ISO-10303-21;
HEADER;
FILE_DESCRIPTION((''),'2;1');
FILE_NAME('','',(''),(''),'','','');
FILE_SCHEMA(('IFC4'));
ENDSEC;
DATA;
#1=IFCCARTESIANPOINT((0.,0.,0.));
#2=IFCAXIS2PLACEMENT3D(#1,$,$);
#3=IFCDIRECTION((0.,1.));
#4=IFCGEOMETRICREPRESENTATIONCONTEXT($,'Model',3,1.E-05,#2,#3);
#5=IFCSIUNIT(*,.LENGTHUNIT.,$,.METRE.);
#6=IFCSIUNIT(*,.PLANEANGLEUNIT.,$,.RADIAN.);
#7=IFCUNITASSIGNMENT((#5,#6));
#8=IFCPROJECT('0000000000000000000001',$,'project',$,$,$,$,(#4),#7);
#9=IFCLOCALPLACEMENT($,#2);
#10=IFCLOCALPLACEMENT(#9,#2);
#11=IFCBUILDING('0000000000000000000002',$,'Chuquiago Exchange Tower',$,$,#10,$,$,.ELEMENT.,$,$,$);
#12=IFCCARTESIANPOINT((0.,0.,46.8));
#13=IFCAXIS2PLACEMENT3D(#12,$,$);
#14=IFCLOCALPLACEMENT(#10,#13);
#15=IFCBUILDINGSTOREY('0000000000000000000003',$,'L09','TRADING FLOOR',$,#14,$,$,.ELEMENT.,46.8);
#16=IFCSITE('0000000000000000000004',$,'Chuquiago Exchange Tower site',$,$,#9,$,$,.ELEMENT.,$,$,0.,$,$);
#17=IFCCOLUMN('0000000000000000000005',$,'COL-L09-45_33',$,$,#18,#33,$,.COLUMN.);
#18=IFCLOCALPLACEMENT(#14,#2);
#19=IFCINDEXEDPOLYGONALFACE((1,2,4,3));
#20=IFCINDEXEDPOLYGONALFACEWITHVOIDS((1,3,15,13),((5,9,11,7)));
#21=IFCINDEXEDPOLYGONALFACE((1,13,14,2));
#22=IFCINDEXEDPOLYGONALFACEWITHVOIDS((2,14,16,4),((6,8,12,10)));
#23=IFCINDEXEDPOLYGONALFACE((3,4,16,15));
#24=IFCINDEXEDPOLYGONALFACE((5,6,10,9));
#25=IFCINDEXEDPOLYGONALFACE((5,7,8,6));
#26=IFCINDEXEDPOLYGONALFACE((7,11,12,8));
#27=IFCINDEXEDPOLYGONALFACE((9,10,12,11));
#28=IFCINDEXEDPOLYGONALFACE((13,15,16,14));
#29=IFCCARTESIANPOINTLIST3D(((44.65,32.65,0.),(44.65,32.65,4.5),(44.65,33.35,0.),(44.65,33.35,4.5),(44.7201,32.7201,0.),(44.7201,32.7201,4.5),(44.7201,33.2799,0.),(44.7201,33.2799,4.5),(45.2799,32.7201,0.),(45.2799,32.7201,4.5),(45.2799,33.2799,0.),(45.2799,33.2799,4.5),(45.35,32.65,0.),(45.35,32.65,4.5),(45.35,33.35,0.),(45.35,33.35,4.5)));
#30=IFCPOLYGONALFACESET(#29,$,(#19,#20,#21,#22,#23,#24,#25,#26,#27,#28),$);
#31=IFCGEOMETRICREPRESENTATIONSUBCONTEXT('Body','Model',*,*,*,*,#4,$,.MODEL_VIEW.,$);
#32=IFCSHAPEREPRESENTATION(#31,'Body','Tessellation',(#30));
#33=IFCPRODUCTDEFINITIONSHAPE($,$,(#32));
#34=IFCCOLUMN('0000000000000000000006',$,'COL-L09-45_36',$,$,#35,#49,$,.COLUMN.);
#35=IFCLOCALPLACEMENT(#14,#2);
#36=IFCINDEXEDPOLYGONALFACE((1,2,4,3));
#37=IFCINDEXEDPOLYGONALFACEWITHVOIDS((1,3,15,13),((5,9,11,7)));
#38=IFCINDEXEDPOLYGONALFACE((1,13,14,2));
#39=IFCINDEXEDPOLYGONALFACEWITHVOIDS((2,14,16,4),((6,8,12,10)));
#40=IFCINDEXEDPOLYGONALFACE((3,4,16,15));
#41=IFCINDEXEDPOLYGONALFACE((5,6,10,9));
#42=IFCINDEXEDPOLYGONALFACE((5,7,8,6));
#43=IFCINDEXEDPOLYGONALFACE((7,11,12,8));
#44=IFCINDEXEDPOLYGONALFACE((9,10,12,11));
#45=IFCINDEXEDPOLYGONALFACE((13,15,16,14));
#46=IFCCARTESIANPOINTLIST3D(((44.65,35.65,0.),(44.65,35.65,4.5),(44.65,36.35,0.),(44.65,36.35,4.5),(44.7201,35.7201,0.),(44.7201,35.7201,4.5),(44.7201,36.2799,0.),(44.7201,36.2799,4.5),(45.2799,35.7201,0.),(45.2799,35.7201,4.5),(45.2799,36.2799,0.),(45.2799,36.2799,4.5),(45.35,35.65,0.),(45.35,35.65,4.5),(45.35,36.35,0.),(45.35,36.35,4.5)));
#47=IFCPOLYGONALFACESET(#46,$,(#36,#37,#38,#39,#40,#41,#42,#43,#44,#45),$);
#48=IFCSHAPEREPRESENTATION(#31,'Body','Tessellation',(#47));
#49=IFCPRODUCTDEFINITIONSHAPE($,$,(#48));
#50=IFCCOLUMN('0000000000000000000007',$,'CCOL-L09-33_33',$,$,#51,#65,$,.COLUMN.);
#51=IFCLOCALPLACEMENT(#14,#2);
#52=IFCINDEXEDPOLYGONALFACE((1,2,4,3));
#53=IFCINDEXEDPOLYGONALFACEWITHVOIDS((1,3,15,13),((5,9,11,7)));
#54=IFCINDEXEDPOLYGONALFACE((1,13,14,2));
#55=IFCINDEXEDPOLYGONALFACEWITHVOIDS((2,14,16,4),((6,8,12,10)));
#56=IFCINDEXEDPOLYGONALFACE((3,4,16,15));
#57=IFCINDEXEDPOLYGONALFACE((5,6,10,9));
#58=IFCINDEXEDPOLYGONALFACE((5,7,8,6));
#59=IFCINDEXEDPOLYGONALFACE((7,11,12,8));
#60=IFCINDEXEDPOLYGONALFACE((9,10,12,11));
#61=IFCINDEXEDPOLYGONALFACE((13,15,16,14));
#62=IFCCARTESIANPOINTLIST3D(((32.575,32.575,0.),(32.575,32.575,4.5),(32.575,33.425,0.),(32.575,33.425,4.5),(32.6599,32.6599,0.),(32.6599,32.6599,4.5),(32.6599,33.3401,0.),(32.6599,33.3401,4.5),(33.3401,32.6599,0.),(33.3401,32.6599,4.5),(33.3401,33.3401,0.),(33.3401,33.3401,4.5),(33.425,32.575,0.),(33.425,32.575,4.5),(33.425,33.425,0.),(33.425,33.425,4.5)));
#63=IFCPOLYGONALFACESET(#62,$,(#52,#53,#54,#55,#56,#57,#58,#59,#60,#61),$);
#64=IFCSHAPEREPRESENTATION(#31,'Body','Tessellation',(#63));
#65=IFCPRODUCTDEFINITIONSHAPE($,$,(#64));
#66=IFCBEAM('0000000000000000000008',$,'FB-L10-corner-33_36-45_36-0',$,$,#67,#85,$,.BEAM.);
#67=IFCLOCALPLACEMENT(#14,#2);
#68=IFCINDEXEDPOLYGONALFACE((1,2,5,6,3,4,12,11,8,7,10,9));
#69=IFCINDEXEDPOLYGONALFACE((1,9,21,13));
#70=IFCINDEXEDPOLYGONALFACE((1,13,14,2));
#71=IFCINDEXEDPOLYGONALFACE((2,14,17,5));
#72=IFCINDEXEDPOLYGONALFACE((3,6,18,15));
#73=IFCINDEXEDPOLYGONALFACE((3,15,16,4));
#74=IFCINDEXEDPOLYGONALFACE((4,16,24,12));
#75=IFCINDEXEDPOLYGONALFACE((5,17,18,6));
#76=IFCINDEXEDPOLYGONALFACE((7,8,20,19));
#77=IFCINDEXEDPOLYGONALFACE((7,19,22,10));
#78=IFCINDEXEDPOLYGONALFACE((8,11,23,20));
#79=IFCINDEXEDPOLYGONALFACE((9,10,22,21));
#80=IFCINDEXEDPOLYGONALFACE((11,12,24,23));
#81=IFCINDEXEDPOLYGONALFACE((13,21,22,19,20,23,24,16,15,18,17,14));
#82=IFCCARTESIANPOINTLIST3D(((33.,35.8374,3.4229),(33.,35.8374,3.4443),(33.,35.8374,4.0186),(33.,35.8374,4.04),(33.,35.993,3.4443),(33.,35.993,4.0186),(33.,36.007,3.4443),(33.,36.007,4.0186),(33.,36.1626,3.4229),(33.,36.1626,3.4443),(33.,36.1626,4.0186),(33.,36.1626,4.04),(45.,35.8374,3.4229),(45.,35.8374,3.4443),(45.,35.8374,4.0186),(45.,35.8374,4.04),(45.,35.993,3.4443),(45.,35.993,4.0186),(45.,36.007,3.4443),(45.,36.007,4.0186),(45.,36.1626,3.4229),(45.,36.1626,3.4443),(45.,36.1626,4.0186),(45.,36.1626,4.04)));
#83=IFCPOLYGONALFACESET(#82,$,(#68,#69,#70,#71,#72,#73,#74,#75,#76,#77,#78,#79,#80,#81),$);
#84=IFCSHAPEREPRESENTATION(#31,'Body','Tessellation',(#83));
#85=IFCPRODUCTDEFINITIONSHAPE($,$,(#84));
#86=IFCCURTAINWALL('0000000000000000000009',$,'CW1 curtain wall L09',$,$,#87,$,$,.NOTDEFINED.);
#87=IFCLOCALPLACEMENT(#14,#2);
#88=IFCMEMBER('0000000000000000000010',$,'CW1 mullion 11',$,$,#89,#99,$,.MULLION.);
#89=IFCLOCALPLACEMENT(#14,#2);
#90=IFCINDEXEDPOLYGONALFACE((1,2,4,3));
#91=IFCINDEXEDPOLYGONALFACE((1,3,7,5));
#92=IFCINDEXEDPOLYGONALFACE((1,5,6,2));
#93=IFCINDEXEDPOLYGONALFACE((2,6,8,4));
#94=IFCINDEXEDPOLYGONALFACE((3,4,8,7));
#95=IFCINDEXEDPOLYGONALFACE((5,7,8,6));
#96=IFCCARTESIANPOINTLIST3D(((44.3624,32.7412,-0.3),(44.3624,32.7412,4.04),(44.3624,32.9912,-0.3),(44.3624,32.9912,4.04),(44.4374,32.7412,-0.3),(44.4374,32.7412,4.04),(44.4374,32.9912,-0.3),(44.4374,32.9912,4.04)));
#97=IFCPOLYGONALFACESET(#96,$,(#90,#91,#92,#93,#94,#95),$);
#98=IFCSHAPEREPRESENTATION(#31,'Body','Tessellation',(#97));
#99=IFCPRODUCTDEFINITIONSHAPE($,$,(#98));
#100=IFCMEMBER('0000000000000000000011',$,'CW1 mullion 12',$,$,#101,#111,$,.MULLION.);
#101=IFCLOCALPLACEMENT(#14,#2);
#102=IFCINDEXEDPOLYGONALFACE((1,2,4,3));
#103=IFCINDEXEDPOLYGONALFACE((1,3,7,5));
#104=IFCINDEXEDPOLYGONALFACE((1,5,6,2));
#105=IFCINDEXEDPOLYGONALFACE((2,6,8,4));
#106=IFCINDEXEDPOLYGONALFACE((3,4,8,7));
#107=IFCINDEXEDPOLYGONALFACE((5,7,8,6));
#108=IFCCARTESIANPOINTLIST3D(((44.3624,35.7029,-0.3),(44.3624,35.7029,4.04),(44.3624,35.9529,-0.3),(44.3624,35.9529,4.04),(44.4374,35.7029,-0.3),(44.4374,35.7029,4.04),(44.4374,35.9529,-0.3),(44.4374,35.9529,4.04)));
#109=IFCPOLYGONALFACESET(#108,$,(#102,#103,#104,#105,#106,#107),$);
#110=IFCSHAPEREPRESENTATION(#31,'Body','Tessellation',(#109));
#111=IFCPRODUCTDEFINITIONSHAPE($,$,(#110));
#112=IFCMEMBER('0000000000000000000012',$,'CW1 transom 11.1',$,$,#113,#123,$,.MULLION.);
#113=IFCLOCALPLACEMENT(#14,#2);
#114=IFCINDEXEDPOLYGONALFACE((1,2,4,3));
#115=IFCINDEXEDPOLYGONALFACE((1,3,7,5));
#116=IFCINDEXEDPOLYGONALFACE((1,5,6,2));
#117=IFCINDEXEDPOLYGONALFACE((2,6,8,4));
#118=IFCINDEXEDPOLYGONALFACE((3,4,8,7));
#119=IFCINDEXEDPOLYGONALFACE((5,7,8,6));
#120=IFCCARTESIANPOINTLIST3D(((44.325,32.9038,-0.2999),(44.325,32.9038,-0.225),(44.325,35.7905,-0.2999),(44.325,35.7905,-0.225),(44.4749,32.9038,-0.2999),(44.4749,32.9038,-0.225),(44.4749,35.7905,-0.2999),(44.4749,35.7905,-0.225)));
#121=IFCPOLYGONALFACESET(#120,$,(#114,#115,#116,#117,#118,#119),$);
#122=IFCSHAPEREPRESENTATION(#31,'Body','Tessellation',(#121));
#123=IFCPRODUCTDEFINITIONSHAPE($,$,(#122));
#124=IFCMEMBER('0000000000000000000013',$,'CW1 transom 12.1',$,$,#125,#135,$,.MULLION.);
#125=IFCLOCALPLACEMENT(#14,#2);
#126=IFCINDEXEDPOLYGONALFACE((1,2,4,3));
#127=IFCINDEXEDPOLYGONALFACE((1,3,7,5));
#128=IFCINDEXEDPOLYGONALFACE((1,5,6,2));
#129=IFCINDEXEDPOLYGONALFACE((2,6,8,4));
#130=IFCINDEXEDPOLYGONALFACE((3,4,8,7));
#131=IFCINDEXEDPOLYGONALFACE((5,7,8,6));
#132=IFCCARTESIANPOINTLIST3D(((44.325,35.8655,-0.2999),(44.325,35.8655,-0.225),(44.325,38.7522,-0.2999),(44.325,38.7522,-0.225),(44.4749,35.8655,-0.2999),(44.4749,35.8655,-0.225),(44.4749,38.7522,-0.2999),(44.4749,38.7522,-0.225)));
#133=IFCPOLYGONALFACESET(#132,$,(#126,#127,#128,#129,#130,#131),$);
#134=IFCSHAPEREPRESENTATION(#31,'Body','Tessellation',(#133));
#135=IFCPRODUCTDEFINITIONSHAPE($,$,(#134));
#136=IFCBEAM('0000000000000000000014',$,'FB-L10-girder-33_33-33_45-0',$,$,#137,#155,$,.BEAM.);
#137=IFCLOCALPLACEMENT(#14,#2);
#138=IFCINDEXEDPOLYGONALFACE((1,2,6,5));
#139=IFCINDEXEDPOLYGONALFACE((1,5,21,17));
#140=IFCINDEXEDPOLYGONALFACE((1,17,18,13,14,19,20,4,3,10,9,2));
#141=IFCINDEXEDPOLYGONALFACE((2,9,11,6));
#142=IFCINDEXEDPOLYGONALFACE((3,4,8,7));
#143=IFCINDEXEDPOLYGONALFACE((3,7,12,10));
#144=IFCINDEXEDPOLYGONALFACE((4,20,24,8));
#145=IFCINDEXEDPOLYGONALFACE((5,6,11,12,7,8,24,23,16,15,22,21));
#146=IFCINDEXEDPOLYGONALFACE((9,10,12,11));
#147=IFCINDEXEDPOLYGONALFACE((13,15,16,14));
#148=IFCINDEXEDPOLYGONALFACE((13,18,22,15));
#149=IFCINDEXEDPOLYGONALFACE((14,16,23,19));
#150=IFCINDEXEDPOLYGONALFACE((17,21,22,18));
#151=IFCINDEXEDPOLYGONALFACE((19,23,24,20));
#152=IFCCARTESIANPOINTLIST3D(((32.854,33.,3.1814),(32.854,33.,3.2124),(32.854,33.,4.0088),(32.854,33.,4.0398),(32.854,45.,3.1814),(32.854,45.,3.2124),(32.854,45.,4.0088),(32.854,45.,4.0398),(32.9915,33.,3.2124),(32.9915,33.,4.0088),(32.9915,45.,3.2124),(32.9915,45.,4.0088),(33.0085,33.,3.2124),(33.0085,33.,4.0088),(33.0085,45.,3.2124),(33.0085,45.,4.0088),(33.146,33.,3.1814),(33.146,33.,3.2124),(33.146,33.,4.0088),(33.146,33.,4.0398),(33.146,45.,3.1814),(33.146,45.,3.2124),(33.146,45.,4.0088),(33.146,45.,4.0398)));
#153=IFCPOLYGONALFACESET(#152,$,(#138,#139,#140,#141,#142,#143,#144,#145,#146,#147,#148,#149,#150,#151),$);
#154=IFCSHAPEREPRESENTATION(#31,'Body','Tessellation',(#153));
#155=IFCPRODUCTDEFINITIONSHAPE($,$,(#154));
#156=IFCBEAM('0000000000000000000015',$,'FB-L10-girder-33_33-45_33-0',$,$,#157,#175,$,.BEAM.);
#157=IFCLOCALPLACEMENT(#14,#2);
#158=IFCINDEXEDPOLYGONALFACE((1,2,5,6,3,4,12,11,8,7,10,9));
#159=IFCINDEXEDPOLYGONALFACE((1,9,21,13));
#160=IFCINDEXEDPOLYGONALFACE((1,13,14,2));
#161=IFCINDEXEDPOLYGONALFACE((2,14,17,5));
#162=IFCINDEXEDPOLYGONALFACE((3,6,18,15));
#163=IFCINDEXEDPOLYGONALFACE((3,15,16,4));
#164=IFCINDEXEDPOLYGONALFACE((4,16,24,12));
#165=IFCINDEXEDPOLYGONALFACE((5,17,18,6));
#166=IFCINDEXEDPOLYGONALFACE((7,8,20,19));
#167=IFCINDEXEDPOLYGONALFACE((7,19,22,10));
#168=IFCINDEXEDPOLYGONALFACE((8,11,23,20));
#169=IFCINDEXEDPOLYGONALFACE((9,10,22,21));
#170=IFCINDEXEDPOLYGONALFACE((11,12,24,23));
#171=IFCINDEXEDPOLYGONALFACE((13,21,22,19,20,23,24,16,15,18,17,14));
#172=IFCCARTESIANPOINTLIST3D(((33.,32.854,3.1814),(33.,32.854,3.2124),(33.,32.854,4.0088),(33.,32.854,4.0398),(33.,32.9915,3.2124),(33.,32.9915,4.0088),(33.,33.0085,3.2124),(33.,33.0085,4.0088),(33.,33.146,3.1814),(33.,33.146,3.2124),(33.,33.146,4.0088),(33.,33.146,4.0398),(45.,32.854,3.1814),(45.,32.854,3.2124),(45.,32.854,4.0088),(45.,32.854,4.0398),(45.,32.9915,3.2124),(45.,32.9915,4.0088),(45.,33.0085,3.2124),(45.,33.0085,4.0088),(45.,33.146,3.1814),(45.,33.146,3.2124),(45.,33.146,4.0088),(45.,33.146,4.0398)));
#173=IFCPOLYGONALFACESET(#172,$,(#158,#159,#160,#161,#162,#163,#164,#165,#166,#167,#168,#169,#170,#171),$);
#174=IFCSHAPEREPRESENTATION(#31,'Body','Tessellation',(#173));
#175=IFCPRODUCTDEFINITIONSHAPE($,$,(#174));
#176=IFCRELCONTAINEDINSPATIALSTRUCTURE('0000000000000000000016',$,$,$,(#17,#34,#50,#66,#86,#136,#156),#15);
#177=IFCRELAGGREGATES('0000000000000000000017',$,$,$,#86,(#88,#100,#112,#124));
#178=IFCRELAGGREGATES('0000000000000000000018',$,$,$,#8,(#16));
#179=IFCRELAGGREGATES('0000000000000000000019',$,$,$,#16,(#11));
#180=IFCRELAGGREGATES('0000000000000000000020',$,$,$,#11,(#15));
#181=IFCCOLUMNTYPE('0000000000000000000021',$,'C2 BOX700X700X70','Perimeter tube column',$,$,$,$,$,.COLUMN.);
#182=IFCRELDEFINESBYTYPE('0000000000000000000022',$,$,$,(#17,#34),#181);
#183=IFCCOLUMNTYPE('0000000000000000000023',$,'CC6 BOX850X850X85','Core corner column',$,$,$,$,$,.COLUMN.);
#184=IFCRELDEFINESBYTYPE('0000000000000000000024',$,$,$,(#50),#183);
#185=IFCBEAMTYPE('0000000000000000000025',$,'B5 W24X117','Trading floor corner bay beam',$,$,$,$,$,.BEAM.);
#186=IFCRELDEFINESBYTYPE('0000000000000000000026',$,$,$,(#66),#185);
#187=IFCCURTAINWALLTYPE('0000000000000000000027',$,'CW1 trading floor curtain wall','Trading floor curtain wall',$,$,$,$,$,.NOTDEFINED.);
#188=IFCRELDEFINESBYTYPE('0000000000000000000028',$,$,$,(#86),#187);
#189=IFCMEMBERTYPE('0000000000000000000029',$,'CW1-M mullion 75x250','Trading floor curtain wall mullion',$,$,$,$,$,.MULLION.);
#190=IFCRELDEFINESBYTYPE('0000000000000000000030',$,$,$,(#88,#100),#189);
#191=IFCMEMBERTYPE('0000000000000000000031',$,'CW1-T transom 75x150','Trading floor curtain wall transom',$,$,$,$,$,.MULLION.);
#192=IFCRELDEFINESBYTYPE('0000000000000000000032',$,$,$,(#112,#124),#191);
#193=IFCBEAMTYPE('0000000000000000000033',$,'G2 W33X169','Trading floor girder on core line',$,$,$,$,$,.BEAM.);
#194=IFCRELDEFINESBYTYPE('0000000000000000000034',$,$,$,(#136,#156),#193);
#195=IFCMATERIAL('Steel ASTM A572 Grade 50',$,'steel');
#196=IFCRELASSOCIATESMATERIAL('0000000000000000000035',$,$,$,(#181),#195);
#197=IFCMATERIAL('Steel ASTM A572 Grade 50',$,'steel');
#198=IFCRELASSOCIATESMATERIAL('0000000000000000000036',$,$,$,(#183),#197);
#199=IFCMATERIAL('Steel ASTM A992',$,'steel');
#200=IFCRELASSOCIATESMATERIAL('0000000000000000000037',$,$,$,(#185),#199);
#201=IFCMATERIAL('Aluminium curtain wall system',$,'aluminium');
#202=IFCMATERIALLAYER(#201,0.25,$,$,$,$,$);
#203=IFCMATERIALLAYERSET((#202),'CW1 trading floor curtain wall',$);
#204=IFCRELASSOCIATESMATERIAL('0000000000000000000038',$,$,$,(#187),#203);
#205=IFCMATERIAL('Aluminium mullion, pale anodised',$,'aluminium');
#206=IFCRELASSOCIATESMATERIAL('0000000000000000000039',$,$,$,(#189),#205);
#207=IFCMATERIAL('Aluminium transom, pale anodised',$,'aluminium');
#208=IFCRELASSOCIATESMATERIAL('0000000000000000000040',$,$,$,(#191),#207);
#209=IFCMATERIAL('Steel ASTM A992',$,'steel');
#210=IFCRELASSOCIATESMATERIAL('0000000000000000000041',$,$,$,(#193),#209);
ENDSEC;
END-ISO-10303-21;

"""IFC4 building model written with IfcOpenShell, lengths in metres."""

from ifc_helpers import new_model, si_unit, direction, frame, origin, origin_2d, place, context, subcontext, project, spatial, rectangle, hollow_rectangle, i_section, extrude, material, layer, layer_set, material_profile, profile_set, type_object, element, aggregate, save


model = new_model("IFC4")

# Units and contexts
model_context = context("Model", 3, precision=1e-05, world=origin(), true_north=direction((0.0, 1.0)))
body_context = subcontext(model_context, "Body", "Model", "MODEL_VIEW")
ifc_project = project(units=[si_unit("LENGTHUNIT", "METRE"), si_unit("PLANEANGLEUNIT", "RADIAN")], contexts=[model_context])

# Site, building, storey
site_placement = place(None, origin())
site = spatial("IfcSite", under=ifc_project, at=site_placement, Name="Chuquiago Exchange Tower site", CompositionType="ELEMENT", RefElevation=0.0)
building_placement = place(site_placement, origin())
building = spatial("IfcBuilding", under=site, at=building_placement, Name="Chuquiago Exchange Tower", CompositionType="ELEMENT")
storey_placement = place(building_placement, frame((0.0, 0.0, 46.8)))
storey = spatial("IfcBuildingStorey", under=building, at=storey_placement, Name="L09", Description="TRADING FLOOR", CompositionType="ELEMENT", Elevation=46.8)

# Columns
ifc_material_1 = material(Name="Steel ASTM A572 Grade 50", Category="steel")
ifc_material_profile_1 = material_profile(ifc_material_1, hollow_rectangle(XDim=0.7, YDim=0.7, WallThickness=0.0701, at=origin_2d()), Name="BOX700X700X70")
ifc_profile_set_1 = profile_set([ifc_material_profile_1], Name="Steel ASTM A572 Grade 50")
column_type_1 = type_object("IfcColumnType", Name="C2 BOX700X700X70", Description="Perimeter tube column", PredefinedType="COLUMN", material=ifc_profile_set_1)
for number, where, z_axis, x_axis, name in (
    (1, (45.0, 33.0, 0.0), (0.0, 0.0, 1.0), (1.0, 0.0, 0.0), "COL-L09-45_33"),
    (2, (45.0, 36.0, 0.0), (0.0, 0.0, 1.0), (1.0, 0.0, 0.0), "COL-L09-45_36"),
):
    element("IfcColumn", number, at=place(storey_placement, frame(where, z_axis=z_axis, x_axis=x_axis)), inside=storey, type_object=column_type_1, Name=name, PredefinedType="COLUMN", context=body_context, shape_type="SweptSolid", body=[
        extrude(hollow_rectangle(XDim=0.7, YDim=0.7, WallThickness=0.0701, at=origin_2d()), origin(), (0.0, 0.0, 1.0), 4.5),
    ])
ifc_material_2 = material(Name="Steel ASTM A572 Grade 50", Category="steel")
ifc_material_profile_2 = material_profile(ifc_material_2, hollow_rectangle(XDim=0.8501, YDim=0.8501, WallThickness=0.085, at=origin_2d()), Name="BOX850X850X85")
ifc_profile_set_2 = profile_set([ifc_material_profile_2], Name="Steel ASTM A572 Grade 50")
column_type_2 = type_object("IfcColumnType", Name="CC6 BOX850X850X85", Description="Core corner column", PredefinedType="COLUMN", material=ifc_profile_set_2)
column_placement = place(storey_placement, frame((33.0, 33.0, 0.0), z_axis=(0.0, 0.0, 1.0), x_axis=(1.0, 0.0, 0.0)))
element("IfcColumn", 3, at=column_placement, inside=storey, type_object=column_type_2, Name="CCOL-L09-33_33", PredefinedType="COLUMN", context=body_context, shape_type="SweptSolid", body=[
    extrude(hollow_rectangle(XDim=0.8501, YDim=0.8501, WallThickness=0.085, at=origin_2d()), origin(), (0.0, 0.0, 1.0), 4.5),
])

# Beam
ifc_material_3 = material(Name="Steel ASTM A992", Category="steel")
ifc_material_profile_3 = material_profile(ifc_material_3, i_section(OverallWidth=0.3252, OverallDepth=0.6172, WebThickness=0.0139, FlangeThickness=0.0215, at=origin_2d()), Name="W24X117")
ifc_profile_set_3 = profile_set([ifc_material_profile_3], Name="Steel ASTM A992")
beam_type_1 = type_object("IfcBeamType", Name="B5 W24X117", Description="Trading floor corner bay beam", PredefinedType="BEAM", material=ifc_profile_set_3)
beam_placement = place(storey_placement, frame((33.0, 36.0, 3.7314), z_axis=(1.0, 0.0, 0.0), x_axis=(0.0, 1.0, 0.0)))
element("IfcBeam", 4, at=beam_placement, inside=storey, type_object=beam_type_1, Name="FB-L10-corner-33_36-45_36-0", PredefinedType="BEAM", context=body_context, shape_type="SweptSolid", body=[
    extrude(i_section(OverallWidth=0.3252, OverallDepth=0.6172, WebThickness=0.0139, FlangeThickness=0.0215, at=origin_2d()), origin(), (0.0, 0.0, 1.0), 12.0),
])

# Curtain wall, members
ifc_material_4 = material(Name="Aluminium curtain wall system", Category="aluminium")
ifc_layer_1 = layer(ifc_material_4, 0.25)
ifc_layer_set_1 = layer_set([ifc_layer_1], Name="CW1 trading floor curtain wall")
curtain_wall_type = type_object("IfcCurtainWallType", Name="CW1 trading floor curtain wall", Description="Trading floor curtain wall", PredefinedType="NOTDEFINED", material=ifc_layer_set_1)
curtain_wall_placement = place(storey_placement, origin())
curtain_wall = element("IfcCurtainWall", 5, at=curtain_wall_placement, inside=storey, type_object=curtain_wall_type, Name="CW1 curtain wall L09", PredefinedType="NOTDEFINED")
ifc_material_5 = material(Name="Aluminium mullion, pale anodised", Category="aluminium")
ifc_material_profile_4 = material_profile(ifc_material_5, rectangle(XDim=0.075, YDim=0.25, at=origin_2d()), Name="AL 75x250")
ifc_profile_set_4 = profile_set([ifc_material_profile_4], Name="Aluminium mullion, pale anodised")
member_type_1 = type_object("IfcMemberType", Name="CW1-M mullion 75x250", Description="Trading floor curtain wall mullion", PredefinedType="MULLION", material=ifc_profile_set_4)
member_1_placement = place(storey_placement, frame((44.3999, 32.8662, -0.3), z_axis=(0.0, 0.0, 1.0), x_axis=(-1.0, 0.0, 0.0)))
member_1 = element("IfcMember", 6, at=member_1_placement, type_object=member_type_1, Name="CW1 mullion 11", PredefinedType="MULLION", context=body_context, shape_type="SweptSolid", body=[
    extrude(rectangle(XDim=0.075, YDim=0.25, at=origin_2d()), origin(), (0.0, 0.0, 1.0), 4.3401),
])
member_2_placement = place(storey_placement, frame((44.3999, 35.8279, -0.3), z_axis=(0.0, 0.0, 1.0), x_axis=(-1.0, 0.0, 0.0)))
member_2 = element("IfcMember", 7, at=member_2_placement, type_object=member_type_1, Name="CW1 mullion 12", PredefinedType="MULLION", context=body_context, shape_type="SweptSolid", body=[
    extrude(rectangle(XDim=0.075, YDim=0.25, at=origin_2d()), origin(), (0.0, 0.0, 1.0), 4.3401),
])
ifc_material_6 = material(Name="Aluminium transom, pale anodised", Category="aluminium")
ifc_material_profile_5 = material_profile(ifc_material_6, rectangle(XDim=0.1499, YDim=0.075, at=origin_2d()), Name="AL 150x75")
ifc_profile_set_5 = profile_set([ifc_material_profile_5], Name="Aluminium transom, pale anodised")
member_type_2 = type_object("IfcMemberType", Name="CW1-T transom 75x150", Description="Trading floor curtain wall transom", PredefinedType="MULLION", material=ifc_profile_set_5)
member_3_placement = place(storey_placement, frame((44.3999, 32.9038, -0.2625), z_axis=(0.0, 1.0, 0.0), x_axis=(-1.0, 0.0, 0.0)))
member_3 = element("IfcMember", 8, at=member_3_placement, type_object=member_type_2, Name="CW1 transom 11.1", PredefinedType="MULLION", context=body_context, shape_type="SweptSolid", body=[
    extrude(rectangle(XDim=0.1499, YDim=0.075, at=origin_2d()), origin(), (0.0, 0.0, 1.0), 2.8867),
])
member_4_placement = place(storey_placement, frame((44.3999, 35.8655, -0.2625), z_axis=(0.0, 1.0, 0.0), x_axis=(-1.0, 0.0, 0.0)))
member_4 = element("IfcMember", 9, at=member_4_placement, type_object=member_type_2, Name="CW1 transom 12.1", PredefinedType="MULLION", context=body_context, shape_type="SweptSolid", body=[
    extrude(rectangle(XDim=0.1499, YDim=0.075, at=origin_2d()), origin(), (0.0, 0.0, 1.0), 2.8867),
])

# Beams
ifc_material_7 = material(Name="Steel ASTM A992", Category="steel")
ifc_material_profile_6 = material_profile(ifc_material_7, i_section(OverallWidth=0.292, OverallDepth=0.8584, WebThickness=0.0171, FlangeThickness=0.031, at=origin_2d()), Name="W33X169")
ifc_profile_set_6 = profile_set([ifc_material_profile_6], Name="Steel ASTM A992")
beam_type_2 = type_object("IfcBeamType", Name="G2 W33X169", Description="Trading floor girder on core line", PredefinedType="BEAM", material=ifc_profile_set_6)
for number, where, z_axis, x_axis, name in (
    (10, (33.0, 33.0, 3.6106), (0.0, 1.0, 0.0), (-1.0, 0.0, 0.0), "FB-L10-girder-33_33-33_45-0"),
    (11, (33.0, 33.0, 3.6106), (1.0, 0.0, 0.0), (0.0, 1.0, 0.0), "FB-L10-girder-33_33-45_33-0"),
):
    element("IfcBeam", number, at=place(storey_placement, frame(where, z_axis=z_axis, x_axis=x_axis)), inside=storey, type_object=beam_type_2, Name=name, PredefinedType="BEAM", context=body_context, shape_type="SweptSolid", body=[
        extrude(i_section(OverallWidth=0.292, OverallDepth=0.8584, WebThickness=0.0171, FlangeThickness=0.031, at=origin_2d()), origin(), (0.0, 0.0, 1.0), 12.0),
    ])

aggregate(curtain_wall, [member_1, member_2, member_3, member_4])

save(model, "model.ifc")
